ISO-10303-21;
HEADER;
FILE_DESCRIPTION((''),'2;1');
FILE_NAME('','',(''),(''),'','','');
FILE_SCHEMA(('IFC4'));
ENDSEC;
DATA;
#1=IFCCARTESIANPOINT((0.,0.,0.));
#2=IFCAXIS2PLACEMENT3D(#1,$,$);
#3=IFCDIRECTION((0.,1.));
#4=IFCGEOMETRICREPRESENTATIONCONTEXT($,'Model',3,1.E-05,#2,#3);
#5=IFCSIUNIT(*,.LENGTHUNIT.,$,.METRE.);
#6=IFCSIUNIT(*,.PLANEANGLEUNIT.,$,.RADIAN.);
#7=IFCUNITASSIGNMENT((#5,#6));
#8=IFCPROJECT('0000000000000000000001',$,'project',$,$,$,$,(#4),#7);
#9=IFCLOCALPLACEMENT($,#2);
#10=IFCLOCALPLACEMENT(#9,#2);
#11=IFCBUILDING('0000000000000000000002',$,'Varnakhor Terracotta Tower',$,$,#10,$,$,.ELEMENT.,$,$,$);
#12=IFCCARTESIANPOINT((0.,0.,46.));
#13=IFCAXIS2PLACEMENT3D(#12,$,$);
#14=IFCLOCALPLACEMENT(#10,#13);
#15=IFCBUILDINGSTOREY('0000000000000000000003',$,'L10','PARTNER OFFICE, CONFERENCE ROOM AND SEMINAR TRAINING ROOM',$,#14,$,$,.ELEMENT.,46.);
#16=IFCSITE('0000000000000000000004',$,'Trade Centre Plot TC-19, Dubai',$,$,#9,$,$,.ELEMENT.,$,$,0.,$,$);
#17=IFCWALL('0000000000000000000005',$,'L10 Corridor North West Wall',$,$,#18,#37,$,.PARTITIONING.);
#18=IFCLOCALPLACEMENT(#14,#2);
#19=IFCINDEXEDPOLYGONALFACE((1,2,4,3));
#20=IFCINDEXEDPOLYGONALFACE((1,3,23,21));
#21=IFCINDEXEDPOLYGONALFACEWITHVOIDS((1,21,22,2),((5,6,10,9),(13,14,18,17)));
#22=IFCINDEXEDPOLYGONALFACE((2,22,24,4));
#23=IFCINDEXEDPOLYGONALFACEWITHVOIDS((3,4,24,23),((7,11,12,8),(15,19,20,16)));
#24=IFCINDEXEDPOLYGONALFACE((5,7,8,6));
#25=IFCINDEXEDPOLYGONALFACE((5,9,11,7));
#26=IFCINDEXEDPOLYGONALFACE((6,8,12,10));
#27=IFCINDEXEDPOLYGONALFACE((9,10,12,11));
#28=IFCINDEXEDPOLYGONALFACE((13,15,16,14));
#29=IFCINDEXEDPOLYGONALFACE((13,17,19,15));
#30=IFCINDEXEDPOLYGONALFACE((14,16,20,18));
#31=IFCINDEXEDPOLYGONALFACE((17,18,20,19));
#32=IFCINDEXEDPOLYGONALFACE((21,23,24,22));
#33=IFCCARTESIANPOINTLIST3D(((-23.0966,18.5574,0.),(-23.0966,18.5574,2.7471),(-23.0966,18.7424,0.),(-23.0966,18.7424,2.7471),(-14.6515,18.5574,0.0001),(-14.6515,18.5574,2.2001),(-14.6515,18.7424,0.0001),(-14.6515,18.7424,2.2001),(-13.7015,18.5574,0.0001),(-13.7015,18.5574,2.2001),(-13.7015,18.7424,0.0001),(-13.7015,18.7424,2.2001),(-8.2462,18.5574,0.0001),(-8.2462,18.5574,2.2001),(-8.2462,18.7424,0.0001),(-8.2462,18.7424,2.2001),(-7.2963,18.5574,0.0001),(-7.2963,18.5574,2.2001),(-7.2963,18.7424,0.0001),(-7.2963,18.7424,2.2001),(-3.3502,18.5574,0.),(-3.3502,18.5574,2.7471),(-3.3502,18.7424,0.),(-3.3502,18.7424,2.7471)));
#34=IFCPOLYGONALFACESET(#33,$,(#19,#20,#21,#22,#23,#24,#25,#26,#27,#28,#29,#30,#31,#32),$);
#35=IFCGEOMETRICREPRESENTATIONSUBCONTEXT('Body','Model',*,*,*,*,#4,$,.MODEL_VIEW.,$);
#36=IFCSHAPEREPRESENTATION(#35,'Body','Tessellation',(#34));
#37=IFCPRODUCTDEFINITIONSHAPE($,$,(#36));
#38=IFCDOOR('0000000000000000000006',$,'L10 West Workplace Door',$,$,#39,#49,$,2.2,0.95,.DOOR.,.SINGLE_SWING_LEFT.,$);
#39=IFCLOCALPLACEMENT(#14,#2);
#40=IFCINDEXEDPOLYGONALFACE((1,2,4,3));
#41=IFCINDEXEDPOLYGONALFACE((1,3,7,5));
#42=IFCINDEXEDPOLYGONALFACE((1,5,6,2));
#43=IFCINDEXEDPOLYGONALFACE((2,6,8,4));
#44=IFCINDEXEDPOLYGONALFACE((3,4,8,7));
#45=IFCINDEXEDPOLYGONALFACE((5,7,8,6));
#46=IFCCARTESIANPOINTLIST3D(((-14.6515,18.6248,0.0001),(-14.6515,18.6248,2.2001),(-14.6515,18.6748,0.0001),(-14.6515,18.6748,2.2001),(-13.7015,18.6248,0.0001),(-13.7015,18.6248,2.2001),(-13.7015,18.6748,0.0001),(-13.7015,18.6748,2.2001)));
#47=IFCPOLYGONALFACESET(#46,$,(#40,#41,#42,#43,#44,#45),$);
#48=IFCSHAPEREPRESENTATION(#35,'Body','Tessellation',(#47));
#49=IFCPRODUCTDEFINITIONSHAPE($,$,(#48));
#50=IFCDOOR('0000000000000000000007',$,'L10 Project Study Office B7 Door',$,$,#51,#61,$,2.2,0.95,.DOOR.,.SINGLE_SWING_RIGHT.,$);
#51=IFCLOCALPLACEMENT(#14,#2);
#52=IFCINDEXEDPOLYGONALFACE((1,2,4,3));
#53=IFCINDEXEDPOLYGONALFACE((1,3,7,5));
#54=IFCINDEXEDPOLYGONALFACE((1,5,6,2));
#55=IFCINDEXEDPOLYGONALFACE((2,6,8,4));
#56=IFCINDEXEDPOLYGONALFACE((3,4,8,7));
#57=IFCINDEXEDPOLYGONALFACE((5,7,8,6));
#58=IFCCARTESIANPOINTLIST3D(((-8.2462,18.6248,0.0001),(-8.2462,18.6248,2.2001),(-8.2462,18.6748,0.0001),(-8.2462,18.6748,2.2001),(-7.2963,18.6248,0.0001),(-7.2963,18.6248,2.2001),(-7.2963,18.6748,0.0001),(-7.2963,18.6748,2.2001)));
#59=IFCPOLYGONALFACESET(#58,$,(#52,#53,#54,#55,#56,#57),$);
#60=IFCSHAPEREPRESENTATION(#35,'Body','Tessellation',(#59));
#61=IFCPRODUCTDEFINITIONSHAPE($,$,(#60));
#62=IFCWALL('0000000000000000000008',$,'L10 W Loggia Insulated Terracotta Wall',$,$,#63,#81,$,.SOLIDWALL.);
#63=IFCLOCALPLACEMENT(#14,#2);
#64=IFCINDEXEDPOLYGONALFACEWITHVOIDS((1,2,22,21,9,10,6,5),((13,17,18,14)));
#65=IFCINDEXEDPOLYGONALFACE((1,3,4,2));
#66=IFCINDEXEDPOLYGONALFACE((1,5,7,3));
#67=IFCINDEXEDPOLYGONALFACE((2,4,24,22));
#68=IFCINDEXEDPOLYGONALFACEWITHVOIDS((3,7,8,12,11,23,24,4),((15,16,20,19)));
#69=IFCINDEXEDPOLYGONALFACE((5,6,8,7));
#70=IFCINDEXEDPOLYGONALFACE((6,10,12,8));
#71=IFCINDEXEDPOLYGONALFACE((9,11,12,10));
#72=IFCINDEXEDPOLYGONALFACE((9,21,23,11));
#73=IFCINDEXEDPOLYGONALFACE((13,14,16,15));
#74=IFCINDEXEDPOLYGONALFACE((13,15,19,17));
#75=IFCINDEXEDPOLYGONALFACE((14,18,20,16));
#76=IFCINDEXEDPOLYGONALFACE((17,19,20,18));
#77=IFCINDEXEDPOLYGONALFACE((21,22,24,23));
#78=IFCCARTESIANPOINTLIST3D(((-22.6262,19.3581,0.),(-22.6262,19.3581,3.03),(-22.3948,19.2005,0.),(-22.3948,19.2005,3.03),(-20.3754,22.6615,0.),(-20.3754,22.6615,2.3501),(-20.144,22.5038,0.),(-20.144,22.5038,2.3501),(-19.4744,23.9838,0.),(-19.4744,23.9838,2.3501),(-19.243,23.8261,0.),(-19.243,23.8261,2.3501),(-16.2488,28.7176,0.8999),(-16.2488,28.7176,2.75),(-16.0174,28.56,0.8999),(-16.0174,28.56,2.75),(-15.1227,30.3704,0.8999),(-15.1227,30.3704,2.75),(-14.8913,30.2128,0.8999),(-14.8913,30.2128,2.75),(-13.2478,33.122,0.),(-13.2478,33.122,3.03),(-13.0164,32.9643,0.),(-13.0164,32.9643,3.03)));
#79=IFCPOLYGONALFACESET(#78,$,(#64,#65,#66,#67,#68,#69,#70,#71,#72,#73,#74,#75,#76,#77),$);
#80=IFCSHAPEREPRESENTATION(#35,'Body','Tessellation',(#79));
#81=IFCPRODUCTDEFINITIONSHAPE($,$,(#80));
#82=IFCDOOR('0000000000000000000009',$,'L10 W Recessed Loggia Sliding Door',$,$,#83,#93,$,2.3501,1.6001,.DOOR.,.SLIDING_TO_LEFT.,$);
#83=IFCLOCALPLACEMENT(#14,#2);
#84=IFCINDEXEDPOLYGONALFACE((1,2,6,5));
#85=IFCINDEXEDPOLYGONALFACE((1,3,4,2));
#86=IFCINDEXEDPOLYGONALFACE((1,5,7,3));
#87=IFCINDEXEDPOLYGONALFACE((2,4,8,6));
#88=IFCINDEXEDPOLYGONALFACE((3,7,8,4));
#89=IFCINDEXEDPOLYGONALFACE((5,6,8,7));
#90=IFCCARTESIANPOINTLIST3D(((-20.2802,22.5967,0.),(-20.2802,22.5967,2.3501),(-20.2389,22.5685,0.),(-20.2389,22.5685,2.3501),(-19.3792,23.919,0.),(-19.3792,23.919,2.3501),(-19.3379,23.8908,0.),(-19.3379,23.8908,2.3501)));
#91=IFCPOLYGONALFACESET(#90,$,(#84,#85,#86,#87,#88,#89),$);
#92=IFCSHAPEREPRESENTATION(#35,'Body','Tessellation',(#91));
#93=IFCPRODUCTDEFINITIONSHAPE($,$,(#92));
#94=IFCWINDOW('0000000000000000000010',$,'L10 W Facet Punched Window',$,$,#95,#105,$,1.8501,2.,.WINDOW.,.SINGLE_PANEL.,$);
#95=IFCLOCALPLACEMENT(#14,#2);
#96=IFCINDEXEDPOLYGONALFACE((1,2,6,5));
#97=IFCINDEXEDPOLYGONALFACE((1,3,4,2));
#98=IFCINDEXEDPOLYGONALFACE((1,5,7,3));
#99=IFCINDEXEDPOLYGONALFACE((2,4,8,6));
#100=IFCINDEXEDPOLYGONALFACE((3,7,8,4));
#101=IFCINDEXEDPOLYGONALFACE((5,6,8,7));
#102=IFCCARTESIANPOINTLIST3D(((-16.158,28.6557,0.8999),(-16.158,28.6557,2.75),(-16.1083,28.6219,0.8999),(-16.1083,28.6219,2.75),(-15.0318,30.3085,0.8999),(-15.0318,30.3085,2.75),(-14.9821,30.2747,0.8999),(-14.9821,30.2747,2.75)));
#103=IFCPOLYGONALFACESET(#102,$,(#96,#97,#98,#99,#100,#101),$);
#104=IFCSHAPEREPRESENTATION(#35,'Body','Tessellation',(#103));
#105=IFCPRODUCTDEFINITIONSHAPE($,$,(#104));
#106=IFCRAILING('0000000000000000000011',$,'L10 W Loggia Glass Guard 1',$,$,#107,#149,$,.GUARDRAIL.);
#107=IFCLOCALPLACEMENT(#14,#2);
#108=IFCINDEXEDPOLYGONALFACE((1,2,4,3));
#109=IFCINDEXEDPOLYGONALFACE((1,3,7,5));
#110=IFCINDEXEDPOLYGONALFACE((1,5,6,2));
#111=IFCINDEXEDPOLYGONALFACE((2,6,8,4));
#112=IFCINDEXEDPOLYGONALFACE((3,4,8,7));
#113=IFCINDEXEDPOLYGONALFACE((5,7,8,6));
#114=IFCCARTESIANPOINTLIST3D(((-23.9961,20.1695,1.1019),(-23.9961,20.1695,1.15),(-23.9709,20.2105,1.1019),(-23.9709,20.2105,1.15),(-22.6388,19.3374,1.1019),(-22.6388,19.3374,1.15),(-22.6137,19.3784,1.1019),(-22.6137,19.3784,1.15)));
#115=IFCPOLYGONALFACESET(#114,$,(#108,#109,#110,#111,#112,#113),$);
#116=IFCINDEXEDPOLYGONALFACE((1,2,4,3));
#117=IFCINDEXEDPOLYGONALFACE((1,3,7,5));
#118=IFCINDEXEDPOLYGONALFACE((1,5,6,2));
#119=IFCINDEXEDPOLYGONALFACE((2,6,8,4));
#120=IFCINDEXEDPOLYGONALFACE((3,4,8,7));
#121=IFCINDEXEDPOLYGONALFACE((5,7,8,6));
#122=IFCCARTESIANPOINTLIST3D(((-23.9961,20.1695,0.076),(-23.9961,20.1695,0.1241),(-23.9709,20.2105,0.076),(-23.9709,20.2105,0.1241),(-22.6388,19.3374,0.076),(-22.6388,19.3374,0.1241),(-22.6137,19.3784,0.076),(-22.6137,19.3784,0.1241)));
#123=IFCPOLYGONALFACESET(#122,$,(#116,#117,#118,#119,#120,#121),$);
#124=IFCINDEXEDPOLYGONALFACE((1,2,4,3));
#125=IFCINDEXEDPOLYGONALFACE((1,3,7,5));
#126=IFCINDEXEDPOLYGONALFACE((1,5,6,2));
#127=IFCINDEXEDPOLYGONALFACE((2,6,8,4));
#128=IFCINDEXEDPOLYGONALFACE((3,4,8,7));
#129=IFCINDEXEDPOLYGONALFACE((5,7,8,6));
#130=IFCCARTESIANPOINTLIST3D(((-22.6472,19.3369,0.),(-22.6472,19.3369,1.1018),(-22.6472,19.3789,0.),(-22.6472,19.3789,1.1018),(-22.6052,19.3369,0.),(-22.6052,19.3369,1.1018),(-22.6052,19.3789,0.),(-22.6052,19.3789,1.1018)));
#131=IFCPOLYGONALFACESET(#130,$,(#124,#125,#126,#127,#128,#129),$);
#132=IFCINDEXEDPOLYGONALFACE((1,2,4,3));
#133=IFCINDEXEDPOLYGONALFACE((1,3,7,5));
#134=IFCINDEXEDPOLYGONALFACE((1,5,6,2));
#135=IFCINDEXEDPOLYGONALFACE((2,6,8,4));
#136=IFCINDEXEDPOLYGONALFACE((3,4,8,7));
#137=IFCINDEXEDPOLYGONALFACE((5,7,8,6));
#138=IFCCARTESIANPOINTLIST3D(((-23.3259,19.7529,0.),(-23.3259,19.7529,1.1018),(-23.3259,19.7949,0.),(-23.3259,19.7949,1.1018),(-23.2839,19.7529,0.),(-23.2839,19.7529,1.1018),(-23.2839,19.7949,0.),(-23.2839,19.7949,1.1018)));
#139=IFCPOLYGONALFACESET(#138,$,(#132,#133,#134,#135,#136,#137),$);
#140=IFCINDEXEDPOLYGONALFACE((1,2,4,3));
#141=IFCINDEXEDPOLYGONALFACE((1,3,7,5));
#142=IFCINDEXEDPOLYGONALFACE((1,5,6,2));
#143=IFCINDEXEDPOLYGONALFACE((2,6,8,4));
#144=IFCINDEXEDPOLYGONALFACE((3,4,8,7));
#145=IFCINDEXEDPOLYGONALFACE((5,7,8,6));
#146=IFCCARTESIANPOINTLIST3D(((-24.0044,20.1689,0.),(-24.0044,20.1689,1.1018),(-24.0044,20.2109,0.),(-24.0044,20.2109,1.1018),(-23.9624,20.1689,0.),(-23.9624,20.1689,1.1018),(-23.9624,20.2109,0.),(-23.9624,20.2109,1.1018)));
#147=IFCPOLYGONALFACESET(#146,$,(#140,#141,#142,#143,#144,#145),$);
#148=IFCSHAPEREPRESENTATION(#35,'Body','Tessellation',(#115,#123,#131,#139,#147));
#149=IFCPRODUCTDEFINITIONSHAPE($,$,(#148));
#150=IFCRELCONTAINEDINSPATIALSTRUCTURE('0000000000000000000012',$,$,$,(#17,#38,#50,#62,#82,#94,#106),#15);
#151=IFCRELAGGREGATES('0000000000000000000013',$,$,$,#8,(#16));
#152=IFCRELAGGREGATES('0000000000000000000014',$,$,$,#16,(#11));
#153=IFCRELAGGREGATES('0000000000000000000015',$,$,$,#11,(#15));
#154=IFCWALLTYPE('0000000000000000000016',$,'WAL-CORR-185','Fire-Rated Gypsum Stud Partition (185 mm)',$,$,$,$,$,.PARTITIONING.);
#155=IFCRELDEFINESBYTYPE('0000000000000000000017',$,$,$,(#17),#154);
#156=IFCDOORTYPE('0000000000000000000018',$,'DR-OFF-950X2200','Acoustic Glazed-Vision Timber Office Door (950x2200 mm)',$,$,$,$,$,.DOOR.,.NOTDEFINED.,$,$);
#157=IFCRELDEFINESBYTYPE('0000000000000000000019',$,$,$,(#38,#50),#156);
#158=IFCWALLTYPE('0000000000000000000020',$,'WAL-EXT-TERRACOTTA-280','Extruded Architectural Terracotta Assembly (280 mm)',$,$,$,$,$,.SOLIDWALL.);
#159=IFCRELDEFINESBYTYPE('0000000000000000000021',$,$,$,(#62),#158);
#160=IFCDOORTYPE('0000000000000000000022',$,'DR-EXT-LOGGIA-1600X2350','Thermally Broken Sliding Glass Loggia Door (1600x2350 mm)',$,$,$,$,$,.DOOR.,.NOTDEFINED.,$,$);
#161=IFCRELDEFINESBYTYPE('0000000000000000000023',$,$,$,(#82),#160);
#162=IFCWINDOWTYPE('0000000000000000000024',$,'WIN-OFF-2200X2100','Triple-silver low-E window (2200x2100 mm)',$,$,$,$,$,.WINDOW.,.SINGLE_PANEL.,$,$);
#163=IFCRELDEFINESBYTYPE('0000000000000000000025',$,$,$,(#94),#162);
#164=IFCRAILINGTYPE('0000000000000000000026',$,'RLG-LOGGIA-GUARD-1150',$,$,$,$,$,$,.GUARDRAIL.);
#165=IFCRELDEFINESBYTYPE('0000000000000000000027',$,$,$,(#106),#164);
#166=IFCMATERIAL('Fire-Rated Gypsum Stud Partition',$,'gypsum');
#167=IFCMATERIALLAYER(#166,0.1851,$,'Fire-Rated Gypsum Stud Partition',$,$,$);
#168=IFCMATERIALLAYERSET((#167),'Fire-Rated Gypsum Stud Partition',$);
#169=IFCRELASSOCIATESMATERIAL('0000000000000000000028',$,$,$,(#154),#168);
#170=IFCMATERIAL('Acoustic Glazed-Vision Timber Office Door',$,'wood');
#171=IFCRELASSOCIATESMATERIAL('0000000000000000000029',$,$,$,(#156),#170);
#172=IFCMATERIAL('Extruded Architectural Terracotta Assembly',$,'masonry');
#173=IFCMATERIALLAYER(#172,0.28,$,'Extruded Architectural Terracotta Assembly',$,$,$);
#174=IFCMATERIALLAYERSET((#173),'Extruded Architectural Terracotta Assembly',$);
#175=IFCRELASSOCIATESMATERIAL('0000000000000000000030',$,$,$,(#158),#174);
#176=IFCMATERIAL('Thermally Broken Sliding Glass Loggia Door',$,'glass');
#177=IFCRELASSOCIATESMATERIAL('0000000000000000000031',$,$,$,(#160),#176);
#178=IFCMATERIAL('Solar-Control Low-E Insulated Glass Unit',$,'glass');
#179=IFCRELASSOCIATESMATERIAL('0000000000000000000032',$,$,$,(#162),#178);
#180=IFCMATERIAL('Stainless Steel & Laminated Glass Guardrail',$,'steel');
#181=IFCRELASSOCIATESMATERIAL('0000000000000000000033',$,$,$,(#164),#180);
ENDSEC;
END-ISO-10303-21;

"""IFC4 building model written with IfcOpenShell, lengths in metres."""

from ifc_helpers import new_model, si_unit, direction, frame, frame_2d, origin, origin_2d, place, context, subcontext, project, spatial, rectangle, extrude, source, transform, mapped, material, layer, layer_set, type_object, type_shapes, element, fill, save


model = new_model("IFC4")

# Units and contexts
model_context = context("Model", 3, precision=1e-05, world=origin(), true_north=direction((0.0, 1.0)))
body_context = subcontext(model_context, "Body", "Model", "MODEL_VIEW")
ifc_project = project(units=[si_unit("LENGTHUNIT", "METRE"), si_unit("PLANEANGLEUNIT", "RADIAN")], contexts=[model_context])

# Site, building, storey
site_placement = place(None, origin())
site = spatial("IfcSite", under=ifc_project, at=site_placement, Name="Trade Centre Plot TC-19, Dubai", CompositionType="ELEMENT", RefElevation=0.0)
building_placement = place(site_placement, origin())
building = spatial("IfcBuilding", under=site, at=building_placement, Name="Varnakhor Terracotta Tower", CompositionType="ELEMENT")
storey_placement = place(building_placement, frame((0.0, 0.0, 46.0)))
storey = spatial("IfcBuildingStorey", under=building, at=storey_placement, Name="L10", Description="PARTNER OFFICE, CONFERENCE ROOM AND SEMINAR TRAINING ROOM", CompositionType="ELEMENT", Elevation=46.0)

# Shared definitions
ifc_material_1 = material(Name="Fire-Rated Gypsum Stud Partition", Category="gypsum")
ifc_layer_1 = layer(ifc_material_1, 0.1851, Name="Fire-Rated Gypsum Stud Partition")
ifc_layer_set_1 = layer_set([ifc_layer_1], Name="Fire-Rated Gypsum Stud Partition")
wall_type_1 = type_object("IfcWallType", Name="WAL-CORR-185", Description="Fire-Rated Gypsum Stud Partition (185 mm)", PredefinedType="PARTITIONING", material=ifc_layer_set_1)
ifc_material_2 = material(Name="Acoustic Glazed-Vision Timber Office Door", Category="wood")
door_type_1 = type_object("IfcDoorType", Name="DR-OFF-950X2200", Description="Acoustic Glazed-Vision Timber Office Door (950x2200 mm)", OperationType="NOTDEFINED", PredefinedType="DOOR", material=ifc_material_2)
shared_shape_1 = source(origin(), body_context, "Body", "SweptSolid", [
    extrude(rectangle(XDim=0.95, YDim=2.2, at=frame_2d((0.4751, 1.1001))), frame((0.0, 0.0249, 0.0), z_axis=(0.0, -1.0, 0.0), x_axis=(1.0, 0.0, 0.0)), (0.0, 0.0, 1.0), 0.05),
])
type_shapes(door_type_1, [shared_shape_1])

# Wall, openings, doors
wall_1_placement = place(storey_placement, frame((-23.0964, 18.6499, 0.0), z_axis=(0.0, 0.0, 1.0), x_axis=(1.0, 0.0, 0.0)))
wall_1 = element("IfcWall", 1, at=wall_1_placement, inside=storey, type_object=wall_type_1, Name="L10 Corridor North West Wall", PredefinedType="PARTITIONING", context=body_context, shape_type="SweptSolid", body=[
    extrude(rectangle(XDim=19.7463, YDim=0.1851, at=frame_2d((9.873, 0.0))), origin(), (0.0, 0.0, 1.0), 2.7471),
])
opening_1_placement = place(wall_1_placement, frame((8.4448, 0.0, 0.0)))
opening_1 = element("IfcOpeningElement", 2, at=opening_1_placement, cuts=wall_1, PredefinedType="OPENING", context=body_context, shape_type="SweptSolid", body=[
    extrude(rectangle(XDim=0.95, YDim=2.2, at=frame_2d((0.4751, 1.1001))), frame((0.0, 0.1025, 0.0), z_axis=(0.0, -1.0, 0.0), x_axis=(1.0, 0.0, 0.0)), (0.0, 0.0, 1.0), 0.2051),
])
opening_2_placement = place(wall_1_placement, frame((14.8501, 0.0, 0.0)))
opening_2 = element("IfcOpeningElement", 3, at=opening_2_placement, cuts=wall_1, PredefinedType="OPENING", context=body_context, shape_type="SweptSolid", body=[
    extrude(rectangle(XDim=0.95, YDim=2.2, at=frame_2d((0.4751, 1.1001))), frame((0.0, 0.1025, 0.0), z_axis=(0.0, -1.0, 0.0), x_axis=(1.0, 0.0, 0.0)), (0.0, 0.0, 1.0), 0.2051),
])
door_1_placement = place(opening_1_placement, origin())
door_1 = element("IfcDoor", 4, at=door_1_placement, inside=storey, type_object=door_type_1, Name="L10 West Workplace Door", OperationType="SINGLE_SWING_LEFT", OverallHeight=2.2, OverallWidth=0.95, PredefinedType="DOOR", context=body_context, shape_type="MappedRepresentation", body=[
    mapped(shared_shape_1, transform((0.0, 0.0, 0.0), scale=1.0)),
])
fill(opening_1, door_1)
door_2_placement = place(opening_2_placement, origin())
door_2 = element("IfcDoor", 5, at=door_2_placement, inside=storey, type_object=door_type_1, Name="L10 Project Study Office B7 Door", OperationType="SINGLE_SWING_RIGHT", OverallHeight=2.2, OverallWidth=0.95, PredefinedType="DOOR", context=body_context, shape_type="MappedRepresentation", body=[
    mapped(shared_shape_1, transform((0.0, 0.0, 0.0), scale=1.0)),
])
fill(opening_2, door_2)

# Wall, openings, door, window
ifc_material_3 = material(Name="Extruded Architectural Terracotta Assembly", Category="masonry")
ifc_layer_2 = layer(ifc_material_3, 0.28, Name="Extruded Architectural Terracotta Assembly")
ifc_layer_set_2 = layer_set([ifc_layer_2], Name="Extruded Architectural Terracotta Assembly")
wall_type_2 = type_object("IfcWallType", Name="WAL-EXT-TERRACOTTA-280", Description="Extruded Architectural Terracotta Assembly (280 mm)", PredefinedType="SOLIDWALL", material=ifc_layer_set_2)
wall_2_placement = place(storey_placement, frame((-22.5105, 19.2793, 0.0), z_axis=(0.0, 0.0, 1.0), x_axis=(0.563088, 0.826397, 0.0)))
wall_2 = element("IfcWall", 6, at=wall_2_placement, inside=storey, type_object=wall_type_2, Name="L10 W Loggia Insulated Terracotta Wall", PredefinedType="SOLIDWALL", context=body_context, shape_type="SweptSolid", body=[
    extrude(rectangle(XDim=16.6553, YDim=0.28, at=frame_2d((8.3276, 0.0))), origin(), (0.0, 0.0, 1.0), 3.03),
])
opening_3_placement = place(wall_2_placement, frame((3.9973, 0.0, 0.0)))
opening_3 = element("IfcOpeningElement", 7, at=opening_3_placement, cuts=wall_2, PredefinedType="OPENING", context=body_context, shape_type="SweptSolid", body=[
    extrude(rectangle(XDim=1.6001, YDim=2.3501, at=frame_2d((0.8, 1.175))), frame((0.0, 0.1499, 0.0), z_axis=(0.0, -1.0, 0.0), x_axis=(1.0, 0.0, 0.0)), (0.0, 0.0, 1.0), 0.3),
])
opening_4_placement = place(wall_2_placement, frame((11.3257, 0.0, 0.8999)))
opening_4 = element("IfcOpeningElement", 8, at=opening_4_placement, cuts=wall_2, PredefinedType="OPENING", context=body_context, shape_type="SweptSolid", body=[
    extrude(rectangle(XDim=2.0, YDim=1.8501, at=frame_2d((1.0, 0.925))), frame((0.0, 0.1499, 0.0), z_axis=(0.0, -1.0, 0.0), x_axis=(1.0, 0.0, 0.0)), (0.0, 0.0, 1.0), 0.3),
])
ifc_material_4 = material(Name="Thermally Broken Sliding Glass Loggia Door", Category="glass")
door_type_2 = type_object("IfcDoorType", Name="DR-EXT-LOGGIA-1600X2350", Description="Thermally Broken Sliding Glass Loggia Door (1600x2350 mm)", OperationType="NOTDEFINED", PredefinedType="DOOR", material=ifc_material_4)
shared_shape_2 = source(origin(), body_context, "Body", "SweptSolid", [
    extrude(rectangle(XDim=1.6001, YDim=2.3501, at=frame_2d((0.8, 1.175))), frame((0.0, 0.0249, 0.0), z_axis=(0.0, -1.0, 0.0), x_axis=(1.0, 0.0, 0.0)), (0.0, 0.0, 1.0), 0.05),
])
type_shapes(door_type_2, [shared_shape_2])
door_3_placement = place(opening_3_placement, origin())
door_3 = element("IfcDoor", 9, at=door_3_placement, inside=storey, type_object=door_type_2, Name="L10 W Recessed Loggia Sliding Door", OperationType="SLIDING_TO_LEFT", OverallHeight=2.3501, OverallWidth=1.6001, PredefinedType="DOOR", context=body_context, shape_type="MappedRepresentation", body=[
    mapped(shared_shape_2, transform((0.0, 0.0, 0.0), scale=1.0)),
])
fill(opening_3, door_3)
ifc_material_5 = material(Name="Solar-Control Low-E Insulated Glass Unit", Category="glass")
window_type = type_object("IfcWindowType", Name="WIN-OFF-2200X2100", Description="Triple-silver low-E window (2200x2100 mm)", PartitioningType="SINGLE_PANEL", PredefinedType="WINDOW", material=ifc_material_5)
shared_shape_3 = source(origin(), body_context, "Body", "SweptSolid", [
    extrude(rectangle(XDim=2.0, YDim=1.8501, at=frame_2d((1.0, 0.925))), frame((0.0, 0.03, 0.0), z_axis=(0.0, -1.0, 0.0), x_axis=(1.0, 0.0, 0.0)), (0.0, 0.0, 1.0), 0.0601),
])
type_shapes(window_type, [shared_shape_3])
window_placement = place(opening_4_placement, origin())
window = element("IfcWindow", 10, at=window_placement, inside=storey, type_object=window_type, Name="L10 W Facet Punched Window", OverallHeight=1.8501, OverallWidth=2.0, PartitioningType="SINGLE_PANEL", PredefinedType="WINDOW", context=body_context, shape_type="MappedRepresentation", body=[
    mapped(shared_shape_3, transform((0.0, 0.0, 0.0), scale=1.0)),
])
fill(opening_4, window)

# Railing
ifc_material_6 = material(Name="Stainless Steel & Laminated Glass Guardrail", Category="steel")
railing_type = type_object("IfcRailingType", Name="RLG-LOGGIA-GUARD-1150", PredefinedType="GUARDRAIL", material=ifc_material_6)
railing_1_placement = place(storey_placement, frame((-22.6262, 19.3579, 0.0)))
element("IfcRailing", 11, at=railing_1_placement, inside=storey, type_object=railing_type, Name="L10 W Loggia Glass Guard 1", PredefinedType="GUARDRAIL", context=body_context, shape_type="SweptSolid", body=[
    extrude(rectangle(XDim=0.0481, YDim=0.0481, at=origin_2d()), frame((0.0, 0.0, 1.126), z_axis=(-0.852542, 0.522659, 0.0), x_axis=(-0.522659, -0.852542, 0.0)), (0.0, 0.0, 1.0), 1.592),
    extrude(rectangle(XDim=0.0481, YDim=0.0481, at=origin_2d()), frame((0.0, 0.0, 0.1001), z_axis=(-0.852542, 0.522659, 0.0), x_axis=(-0.522659, -0.852542, 0.0)), (0.0, 0.0, 1.0), 1.592),
    extrude(rectangle(XDim=0.042, YDim=0.042, at=origin_2d()), origin(), (0.0, 0.0, 1.0), 1.1018),
    extrude(rectangle(XDim=0.042, YDim=0.042, at=origin_2d()), frame((-0.6787, 0.416, 0.0)), (0.0, 0.0, 1.0), 1.1018),
    extrude(rectangle(XDim=0.042, YDim=0.042, at=origin_2d()), frame((-1.3572, 0.832, 0.0)), (0.0, 0.0, 1.0), 1.1018),
])

save(model, "model.ifc")
